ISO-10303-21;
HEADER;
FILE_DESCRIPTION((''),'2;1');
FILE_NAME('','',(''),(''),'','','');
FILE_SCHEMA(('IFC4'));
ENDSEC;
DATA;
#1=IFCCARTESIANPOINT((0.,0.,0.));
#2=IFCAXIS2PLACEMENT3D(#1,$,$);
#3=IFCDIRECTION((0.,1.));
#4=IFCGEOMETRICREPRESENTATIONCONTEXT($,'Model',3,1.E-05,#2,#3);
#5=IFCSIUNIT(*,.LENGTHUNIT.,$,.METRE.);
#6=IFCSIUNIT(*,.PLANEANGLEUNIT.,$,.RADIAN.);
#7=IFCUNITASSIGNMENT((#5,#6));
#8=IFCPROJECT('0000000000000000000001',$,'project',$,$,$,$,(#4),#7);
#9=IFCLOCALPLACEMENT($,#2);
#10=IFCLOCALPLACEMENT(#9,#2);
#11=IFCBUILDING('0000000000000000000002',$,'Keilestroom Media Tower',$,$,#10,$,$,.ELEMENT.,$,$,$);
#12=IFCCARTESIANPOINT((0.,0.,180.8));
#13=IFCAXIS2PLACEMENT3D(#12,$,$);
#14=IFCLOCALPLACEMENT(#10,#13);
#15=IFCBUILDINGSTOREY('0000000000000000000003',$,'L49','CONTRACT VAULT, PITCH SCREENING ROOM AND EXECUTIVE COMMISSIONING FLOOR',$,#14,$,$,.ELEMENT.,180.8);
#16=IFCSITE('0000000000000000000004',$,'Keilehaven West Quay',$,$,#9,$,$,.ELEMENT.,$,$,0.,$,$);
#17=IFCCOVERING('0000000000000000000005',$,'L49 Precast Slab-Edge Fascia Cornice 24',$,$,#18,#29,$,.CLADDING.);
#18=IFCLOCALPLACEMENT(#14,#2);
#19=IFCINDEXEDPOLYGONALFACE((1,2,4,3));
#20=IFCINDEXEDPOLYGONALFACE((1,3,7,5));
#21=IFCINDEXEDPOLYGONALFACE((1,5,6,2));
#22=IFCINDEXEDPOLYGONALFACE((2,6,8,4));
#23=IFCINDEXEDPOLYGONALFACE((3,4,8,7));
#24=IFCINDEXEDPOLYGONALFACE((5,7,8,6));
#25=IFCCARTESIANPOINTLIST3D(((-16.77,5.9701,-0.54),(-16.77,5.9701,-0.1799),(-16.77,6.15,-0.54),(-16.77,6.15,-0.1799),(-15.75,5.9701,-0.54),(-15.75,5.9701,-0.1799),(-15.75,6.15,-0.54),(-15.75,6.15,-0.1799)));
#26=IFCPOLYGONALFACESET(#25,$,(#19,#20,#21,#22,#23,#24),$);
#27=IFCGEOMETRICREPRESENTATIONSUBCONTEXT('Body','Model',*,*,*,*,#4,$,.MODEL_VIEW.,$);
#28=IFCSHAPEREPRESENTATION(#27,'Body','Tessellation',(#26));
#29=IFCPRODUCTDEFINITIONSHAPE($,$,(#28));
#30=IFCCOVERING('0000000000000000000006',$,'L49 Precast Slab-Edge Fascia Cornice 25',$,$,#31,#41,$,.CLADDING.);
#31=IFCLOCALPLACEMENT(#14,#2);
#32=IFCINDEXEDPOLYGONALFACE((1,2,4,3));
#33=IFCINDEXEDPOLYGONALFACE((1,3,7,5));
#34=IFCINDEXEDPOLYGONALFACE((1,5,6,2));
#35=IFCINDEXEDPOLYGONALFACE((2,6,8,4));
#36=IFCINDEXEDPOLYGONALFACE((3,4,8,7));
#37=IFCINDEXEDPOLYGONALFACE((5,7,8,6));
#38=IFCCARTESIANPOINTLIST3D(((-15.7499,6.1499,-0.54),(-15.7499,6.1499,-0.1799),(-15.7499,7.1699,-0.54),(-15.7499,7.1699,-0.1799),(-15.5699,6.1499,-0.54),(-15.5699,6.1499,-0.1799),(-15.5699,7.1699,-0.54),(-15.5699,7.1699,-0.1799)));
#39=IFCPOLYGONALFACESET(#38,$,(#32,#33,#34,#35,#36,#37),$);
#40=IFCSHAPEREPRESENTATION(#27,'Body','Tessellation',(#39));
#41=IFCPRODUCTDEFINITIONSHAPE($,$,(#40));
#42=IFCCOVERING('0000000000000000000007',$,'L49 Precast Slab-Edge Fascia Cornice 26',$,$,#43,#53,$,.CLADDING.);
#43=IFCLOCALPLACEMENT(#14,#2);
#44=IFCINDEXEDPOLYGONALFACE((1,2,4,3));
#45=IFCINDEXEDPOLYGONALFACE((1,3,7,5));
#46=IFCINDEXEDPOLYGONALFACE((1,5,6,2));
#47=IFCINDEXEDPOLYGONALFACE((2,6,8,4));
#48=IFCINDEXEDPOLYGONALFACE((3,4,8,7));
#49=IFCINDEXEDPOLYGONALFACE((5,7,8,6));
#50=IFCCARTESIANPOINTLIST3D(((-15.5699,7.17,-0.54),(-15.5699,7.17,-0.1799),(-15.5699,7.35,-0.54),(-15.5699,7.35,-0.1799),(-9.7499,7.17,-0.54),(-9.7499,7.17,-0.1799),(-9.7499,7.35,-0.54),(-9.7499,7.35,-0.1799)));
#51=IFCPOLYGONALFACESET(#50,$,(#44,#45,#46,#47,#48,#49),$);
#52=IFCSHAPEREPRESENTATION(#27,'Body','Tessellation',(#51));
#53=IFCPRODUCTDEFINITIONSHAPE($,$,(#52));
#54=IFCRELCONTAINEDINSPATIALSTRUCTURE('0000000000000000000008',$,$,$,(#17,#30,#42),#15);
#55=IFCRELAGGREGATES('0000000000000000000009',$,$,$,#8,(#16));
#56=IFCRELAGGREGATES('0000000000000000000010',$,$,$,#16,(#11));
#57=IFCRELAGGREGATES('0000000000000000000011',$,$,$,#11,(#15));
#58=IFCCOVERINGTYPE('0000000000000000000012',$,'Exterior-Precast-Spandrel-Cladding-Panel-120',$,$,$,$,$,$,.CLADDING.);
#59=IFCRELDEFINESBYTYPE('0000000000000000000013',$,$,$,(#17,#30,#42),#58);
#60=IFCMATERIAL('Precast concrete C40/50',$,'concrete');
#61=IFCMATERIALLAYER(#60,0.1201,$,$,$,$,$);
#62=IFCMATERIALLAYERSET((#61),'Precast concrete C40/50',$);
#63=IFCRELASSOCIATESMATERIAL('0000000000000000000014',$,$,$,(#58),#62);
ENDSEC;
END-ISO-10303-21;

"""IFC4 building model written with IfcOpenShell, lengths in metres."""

from ifc_helpers import new_model, si_unit, direction, frame, origin, origin_2d, place, context, subcontext, project, spatial, rectangle, extrude, source, transform, mapped, material, layer, layer_set, type_object, element, save


model = new_model("IFC4")

# Units and contexts
model_context = context("Model", 3, precision=1e-05, world=origin(), true_north=direction((0.0, 1.0)))
body_context = subcontext(model_context, "Body", "Model", "MODEL_VIEW")
ifc_project = project(units=[si_unit("LENGTHUNIT", "METRE"), si_unit("PLANEANGLEUNIT", "RADIAN")], contexts=[model_context])

# Site, building, storey
site_placement = place(None, origin())
site = spatial("IfcSite", under=ifc_project, at=site_placement, Name="Keilehaven West Quay", CompositionType="ELEMENT", RefElevation=0.0)
building_placement = place(site_placement, origin())
building = spatial("IfcBuilding", under=site, at=building_placement, Name="Keilestroom Media Tower", CompositionType="ELEMENT")
storey_placement = place(building_placement, frame((0.0, 0.0, 180.8)))
storey = spatial("IfcBuildingStorey", under=building, at=storey_placement, Name="L49", Description="CONTRACT VAULT, PITCH SCREENING ROOM AND EXECUTIVE COMMISSIONING FLOOR", CompositionType="ELEMENT", Elevation=180.8)

# Shared definitions
ifc_material_1 = material(Name="Precast concrete C40/50", Category="concrete")

# Coverings
ifc_layer_1 = layer(ifc_material_1, 0.1201)
ifc_layer_set_1 = layer_set([ifc_layer_1], Name="Precast concrete C40/50")
covering_type = type_object("IfcCoveringType", Name="Exterior-Precast-Spandrel-Cladding-Panel-120", PredefinedType="CLADDING", material=ifc_layer_set_1)
shared_shape_1 = source(origin(), body_context, "Body", "SweptSolid", [
    extrude(rectangle(XDim=1.02, YDim=0.1799, at=origin_2d()), origin(), (0.0, 0.0, 1.0), 0.3601),
])
for number, where, z_axis, x_axis, name in (
    (1, (-16.26, 6.0601, -0.54), (0.0, 0.0, 1.0), (1.0, 0.0, 0.0), "L49 Precast Slab-Edge Fascia Cornice 24"),
    (2, (-15.6599, 6.6599, -0.54), (0.0, 0.0, 1.0), (0.0, 1.0, 0.0), "L49 Precast Slab-Edge Fascia Cornice 25"),
):
    element("IfcCovering", number, at=place(storey_placement, frame(where, z_axis=z_axis, x_axis=x_axis)), inside=storey, type_object=covering_type, Name=name, PredefinedType="CLADDING", context=body_context, shape_type="MappedRepresentation", body=[
        mapped(shared_shape_1, transform((0.0, 0.0, 0.0), x_axis=(1.0, 0.0, 0.0), y_axis=(0.0, 1.0, 0.0), z_axis=(0.0, 0.0, 1.0), scale=1.0)),
    ])
shared_shape_2 = source(origin(), body_context, "Body", "SweptSolid", [
    extrude(rectangle(XDim=5.8201, YDim=0.1799, at=origin_2d()), origin(), (0.0, 0.0, 1.0), 0.3601),
])
covering_placement = place(storey_placement, frame((-12.6599, 7.26, -0.54), z_axis=(0.0, 0.0, 1.0), x_axis=(1.0, 0.0, 0.0)))
element("IfcCovering", 3, at=covering_placement, inside=storey, type_object=covering_type, Name="L49 Precast Slab-Edge Fascia Cornice 26", PredefinedType="CLADDING", context=body_context, shape_type="MappedRepresentation", body=[
    mapped(shared_shape_2, transform((0.0, 0.0, 0.0), x_axis=(1.0, 0.0, 0.0), y_axis=(0.0, 1.0, 0.0), z_axis=(0.0, 0.0, 1.0), scale=1.0)),
])

save(model, "model.ifc")
